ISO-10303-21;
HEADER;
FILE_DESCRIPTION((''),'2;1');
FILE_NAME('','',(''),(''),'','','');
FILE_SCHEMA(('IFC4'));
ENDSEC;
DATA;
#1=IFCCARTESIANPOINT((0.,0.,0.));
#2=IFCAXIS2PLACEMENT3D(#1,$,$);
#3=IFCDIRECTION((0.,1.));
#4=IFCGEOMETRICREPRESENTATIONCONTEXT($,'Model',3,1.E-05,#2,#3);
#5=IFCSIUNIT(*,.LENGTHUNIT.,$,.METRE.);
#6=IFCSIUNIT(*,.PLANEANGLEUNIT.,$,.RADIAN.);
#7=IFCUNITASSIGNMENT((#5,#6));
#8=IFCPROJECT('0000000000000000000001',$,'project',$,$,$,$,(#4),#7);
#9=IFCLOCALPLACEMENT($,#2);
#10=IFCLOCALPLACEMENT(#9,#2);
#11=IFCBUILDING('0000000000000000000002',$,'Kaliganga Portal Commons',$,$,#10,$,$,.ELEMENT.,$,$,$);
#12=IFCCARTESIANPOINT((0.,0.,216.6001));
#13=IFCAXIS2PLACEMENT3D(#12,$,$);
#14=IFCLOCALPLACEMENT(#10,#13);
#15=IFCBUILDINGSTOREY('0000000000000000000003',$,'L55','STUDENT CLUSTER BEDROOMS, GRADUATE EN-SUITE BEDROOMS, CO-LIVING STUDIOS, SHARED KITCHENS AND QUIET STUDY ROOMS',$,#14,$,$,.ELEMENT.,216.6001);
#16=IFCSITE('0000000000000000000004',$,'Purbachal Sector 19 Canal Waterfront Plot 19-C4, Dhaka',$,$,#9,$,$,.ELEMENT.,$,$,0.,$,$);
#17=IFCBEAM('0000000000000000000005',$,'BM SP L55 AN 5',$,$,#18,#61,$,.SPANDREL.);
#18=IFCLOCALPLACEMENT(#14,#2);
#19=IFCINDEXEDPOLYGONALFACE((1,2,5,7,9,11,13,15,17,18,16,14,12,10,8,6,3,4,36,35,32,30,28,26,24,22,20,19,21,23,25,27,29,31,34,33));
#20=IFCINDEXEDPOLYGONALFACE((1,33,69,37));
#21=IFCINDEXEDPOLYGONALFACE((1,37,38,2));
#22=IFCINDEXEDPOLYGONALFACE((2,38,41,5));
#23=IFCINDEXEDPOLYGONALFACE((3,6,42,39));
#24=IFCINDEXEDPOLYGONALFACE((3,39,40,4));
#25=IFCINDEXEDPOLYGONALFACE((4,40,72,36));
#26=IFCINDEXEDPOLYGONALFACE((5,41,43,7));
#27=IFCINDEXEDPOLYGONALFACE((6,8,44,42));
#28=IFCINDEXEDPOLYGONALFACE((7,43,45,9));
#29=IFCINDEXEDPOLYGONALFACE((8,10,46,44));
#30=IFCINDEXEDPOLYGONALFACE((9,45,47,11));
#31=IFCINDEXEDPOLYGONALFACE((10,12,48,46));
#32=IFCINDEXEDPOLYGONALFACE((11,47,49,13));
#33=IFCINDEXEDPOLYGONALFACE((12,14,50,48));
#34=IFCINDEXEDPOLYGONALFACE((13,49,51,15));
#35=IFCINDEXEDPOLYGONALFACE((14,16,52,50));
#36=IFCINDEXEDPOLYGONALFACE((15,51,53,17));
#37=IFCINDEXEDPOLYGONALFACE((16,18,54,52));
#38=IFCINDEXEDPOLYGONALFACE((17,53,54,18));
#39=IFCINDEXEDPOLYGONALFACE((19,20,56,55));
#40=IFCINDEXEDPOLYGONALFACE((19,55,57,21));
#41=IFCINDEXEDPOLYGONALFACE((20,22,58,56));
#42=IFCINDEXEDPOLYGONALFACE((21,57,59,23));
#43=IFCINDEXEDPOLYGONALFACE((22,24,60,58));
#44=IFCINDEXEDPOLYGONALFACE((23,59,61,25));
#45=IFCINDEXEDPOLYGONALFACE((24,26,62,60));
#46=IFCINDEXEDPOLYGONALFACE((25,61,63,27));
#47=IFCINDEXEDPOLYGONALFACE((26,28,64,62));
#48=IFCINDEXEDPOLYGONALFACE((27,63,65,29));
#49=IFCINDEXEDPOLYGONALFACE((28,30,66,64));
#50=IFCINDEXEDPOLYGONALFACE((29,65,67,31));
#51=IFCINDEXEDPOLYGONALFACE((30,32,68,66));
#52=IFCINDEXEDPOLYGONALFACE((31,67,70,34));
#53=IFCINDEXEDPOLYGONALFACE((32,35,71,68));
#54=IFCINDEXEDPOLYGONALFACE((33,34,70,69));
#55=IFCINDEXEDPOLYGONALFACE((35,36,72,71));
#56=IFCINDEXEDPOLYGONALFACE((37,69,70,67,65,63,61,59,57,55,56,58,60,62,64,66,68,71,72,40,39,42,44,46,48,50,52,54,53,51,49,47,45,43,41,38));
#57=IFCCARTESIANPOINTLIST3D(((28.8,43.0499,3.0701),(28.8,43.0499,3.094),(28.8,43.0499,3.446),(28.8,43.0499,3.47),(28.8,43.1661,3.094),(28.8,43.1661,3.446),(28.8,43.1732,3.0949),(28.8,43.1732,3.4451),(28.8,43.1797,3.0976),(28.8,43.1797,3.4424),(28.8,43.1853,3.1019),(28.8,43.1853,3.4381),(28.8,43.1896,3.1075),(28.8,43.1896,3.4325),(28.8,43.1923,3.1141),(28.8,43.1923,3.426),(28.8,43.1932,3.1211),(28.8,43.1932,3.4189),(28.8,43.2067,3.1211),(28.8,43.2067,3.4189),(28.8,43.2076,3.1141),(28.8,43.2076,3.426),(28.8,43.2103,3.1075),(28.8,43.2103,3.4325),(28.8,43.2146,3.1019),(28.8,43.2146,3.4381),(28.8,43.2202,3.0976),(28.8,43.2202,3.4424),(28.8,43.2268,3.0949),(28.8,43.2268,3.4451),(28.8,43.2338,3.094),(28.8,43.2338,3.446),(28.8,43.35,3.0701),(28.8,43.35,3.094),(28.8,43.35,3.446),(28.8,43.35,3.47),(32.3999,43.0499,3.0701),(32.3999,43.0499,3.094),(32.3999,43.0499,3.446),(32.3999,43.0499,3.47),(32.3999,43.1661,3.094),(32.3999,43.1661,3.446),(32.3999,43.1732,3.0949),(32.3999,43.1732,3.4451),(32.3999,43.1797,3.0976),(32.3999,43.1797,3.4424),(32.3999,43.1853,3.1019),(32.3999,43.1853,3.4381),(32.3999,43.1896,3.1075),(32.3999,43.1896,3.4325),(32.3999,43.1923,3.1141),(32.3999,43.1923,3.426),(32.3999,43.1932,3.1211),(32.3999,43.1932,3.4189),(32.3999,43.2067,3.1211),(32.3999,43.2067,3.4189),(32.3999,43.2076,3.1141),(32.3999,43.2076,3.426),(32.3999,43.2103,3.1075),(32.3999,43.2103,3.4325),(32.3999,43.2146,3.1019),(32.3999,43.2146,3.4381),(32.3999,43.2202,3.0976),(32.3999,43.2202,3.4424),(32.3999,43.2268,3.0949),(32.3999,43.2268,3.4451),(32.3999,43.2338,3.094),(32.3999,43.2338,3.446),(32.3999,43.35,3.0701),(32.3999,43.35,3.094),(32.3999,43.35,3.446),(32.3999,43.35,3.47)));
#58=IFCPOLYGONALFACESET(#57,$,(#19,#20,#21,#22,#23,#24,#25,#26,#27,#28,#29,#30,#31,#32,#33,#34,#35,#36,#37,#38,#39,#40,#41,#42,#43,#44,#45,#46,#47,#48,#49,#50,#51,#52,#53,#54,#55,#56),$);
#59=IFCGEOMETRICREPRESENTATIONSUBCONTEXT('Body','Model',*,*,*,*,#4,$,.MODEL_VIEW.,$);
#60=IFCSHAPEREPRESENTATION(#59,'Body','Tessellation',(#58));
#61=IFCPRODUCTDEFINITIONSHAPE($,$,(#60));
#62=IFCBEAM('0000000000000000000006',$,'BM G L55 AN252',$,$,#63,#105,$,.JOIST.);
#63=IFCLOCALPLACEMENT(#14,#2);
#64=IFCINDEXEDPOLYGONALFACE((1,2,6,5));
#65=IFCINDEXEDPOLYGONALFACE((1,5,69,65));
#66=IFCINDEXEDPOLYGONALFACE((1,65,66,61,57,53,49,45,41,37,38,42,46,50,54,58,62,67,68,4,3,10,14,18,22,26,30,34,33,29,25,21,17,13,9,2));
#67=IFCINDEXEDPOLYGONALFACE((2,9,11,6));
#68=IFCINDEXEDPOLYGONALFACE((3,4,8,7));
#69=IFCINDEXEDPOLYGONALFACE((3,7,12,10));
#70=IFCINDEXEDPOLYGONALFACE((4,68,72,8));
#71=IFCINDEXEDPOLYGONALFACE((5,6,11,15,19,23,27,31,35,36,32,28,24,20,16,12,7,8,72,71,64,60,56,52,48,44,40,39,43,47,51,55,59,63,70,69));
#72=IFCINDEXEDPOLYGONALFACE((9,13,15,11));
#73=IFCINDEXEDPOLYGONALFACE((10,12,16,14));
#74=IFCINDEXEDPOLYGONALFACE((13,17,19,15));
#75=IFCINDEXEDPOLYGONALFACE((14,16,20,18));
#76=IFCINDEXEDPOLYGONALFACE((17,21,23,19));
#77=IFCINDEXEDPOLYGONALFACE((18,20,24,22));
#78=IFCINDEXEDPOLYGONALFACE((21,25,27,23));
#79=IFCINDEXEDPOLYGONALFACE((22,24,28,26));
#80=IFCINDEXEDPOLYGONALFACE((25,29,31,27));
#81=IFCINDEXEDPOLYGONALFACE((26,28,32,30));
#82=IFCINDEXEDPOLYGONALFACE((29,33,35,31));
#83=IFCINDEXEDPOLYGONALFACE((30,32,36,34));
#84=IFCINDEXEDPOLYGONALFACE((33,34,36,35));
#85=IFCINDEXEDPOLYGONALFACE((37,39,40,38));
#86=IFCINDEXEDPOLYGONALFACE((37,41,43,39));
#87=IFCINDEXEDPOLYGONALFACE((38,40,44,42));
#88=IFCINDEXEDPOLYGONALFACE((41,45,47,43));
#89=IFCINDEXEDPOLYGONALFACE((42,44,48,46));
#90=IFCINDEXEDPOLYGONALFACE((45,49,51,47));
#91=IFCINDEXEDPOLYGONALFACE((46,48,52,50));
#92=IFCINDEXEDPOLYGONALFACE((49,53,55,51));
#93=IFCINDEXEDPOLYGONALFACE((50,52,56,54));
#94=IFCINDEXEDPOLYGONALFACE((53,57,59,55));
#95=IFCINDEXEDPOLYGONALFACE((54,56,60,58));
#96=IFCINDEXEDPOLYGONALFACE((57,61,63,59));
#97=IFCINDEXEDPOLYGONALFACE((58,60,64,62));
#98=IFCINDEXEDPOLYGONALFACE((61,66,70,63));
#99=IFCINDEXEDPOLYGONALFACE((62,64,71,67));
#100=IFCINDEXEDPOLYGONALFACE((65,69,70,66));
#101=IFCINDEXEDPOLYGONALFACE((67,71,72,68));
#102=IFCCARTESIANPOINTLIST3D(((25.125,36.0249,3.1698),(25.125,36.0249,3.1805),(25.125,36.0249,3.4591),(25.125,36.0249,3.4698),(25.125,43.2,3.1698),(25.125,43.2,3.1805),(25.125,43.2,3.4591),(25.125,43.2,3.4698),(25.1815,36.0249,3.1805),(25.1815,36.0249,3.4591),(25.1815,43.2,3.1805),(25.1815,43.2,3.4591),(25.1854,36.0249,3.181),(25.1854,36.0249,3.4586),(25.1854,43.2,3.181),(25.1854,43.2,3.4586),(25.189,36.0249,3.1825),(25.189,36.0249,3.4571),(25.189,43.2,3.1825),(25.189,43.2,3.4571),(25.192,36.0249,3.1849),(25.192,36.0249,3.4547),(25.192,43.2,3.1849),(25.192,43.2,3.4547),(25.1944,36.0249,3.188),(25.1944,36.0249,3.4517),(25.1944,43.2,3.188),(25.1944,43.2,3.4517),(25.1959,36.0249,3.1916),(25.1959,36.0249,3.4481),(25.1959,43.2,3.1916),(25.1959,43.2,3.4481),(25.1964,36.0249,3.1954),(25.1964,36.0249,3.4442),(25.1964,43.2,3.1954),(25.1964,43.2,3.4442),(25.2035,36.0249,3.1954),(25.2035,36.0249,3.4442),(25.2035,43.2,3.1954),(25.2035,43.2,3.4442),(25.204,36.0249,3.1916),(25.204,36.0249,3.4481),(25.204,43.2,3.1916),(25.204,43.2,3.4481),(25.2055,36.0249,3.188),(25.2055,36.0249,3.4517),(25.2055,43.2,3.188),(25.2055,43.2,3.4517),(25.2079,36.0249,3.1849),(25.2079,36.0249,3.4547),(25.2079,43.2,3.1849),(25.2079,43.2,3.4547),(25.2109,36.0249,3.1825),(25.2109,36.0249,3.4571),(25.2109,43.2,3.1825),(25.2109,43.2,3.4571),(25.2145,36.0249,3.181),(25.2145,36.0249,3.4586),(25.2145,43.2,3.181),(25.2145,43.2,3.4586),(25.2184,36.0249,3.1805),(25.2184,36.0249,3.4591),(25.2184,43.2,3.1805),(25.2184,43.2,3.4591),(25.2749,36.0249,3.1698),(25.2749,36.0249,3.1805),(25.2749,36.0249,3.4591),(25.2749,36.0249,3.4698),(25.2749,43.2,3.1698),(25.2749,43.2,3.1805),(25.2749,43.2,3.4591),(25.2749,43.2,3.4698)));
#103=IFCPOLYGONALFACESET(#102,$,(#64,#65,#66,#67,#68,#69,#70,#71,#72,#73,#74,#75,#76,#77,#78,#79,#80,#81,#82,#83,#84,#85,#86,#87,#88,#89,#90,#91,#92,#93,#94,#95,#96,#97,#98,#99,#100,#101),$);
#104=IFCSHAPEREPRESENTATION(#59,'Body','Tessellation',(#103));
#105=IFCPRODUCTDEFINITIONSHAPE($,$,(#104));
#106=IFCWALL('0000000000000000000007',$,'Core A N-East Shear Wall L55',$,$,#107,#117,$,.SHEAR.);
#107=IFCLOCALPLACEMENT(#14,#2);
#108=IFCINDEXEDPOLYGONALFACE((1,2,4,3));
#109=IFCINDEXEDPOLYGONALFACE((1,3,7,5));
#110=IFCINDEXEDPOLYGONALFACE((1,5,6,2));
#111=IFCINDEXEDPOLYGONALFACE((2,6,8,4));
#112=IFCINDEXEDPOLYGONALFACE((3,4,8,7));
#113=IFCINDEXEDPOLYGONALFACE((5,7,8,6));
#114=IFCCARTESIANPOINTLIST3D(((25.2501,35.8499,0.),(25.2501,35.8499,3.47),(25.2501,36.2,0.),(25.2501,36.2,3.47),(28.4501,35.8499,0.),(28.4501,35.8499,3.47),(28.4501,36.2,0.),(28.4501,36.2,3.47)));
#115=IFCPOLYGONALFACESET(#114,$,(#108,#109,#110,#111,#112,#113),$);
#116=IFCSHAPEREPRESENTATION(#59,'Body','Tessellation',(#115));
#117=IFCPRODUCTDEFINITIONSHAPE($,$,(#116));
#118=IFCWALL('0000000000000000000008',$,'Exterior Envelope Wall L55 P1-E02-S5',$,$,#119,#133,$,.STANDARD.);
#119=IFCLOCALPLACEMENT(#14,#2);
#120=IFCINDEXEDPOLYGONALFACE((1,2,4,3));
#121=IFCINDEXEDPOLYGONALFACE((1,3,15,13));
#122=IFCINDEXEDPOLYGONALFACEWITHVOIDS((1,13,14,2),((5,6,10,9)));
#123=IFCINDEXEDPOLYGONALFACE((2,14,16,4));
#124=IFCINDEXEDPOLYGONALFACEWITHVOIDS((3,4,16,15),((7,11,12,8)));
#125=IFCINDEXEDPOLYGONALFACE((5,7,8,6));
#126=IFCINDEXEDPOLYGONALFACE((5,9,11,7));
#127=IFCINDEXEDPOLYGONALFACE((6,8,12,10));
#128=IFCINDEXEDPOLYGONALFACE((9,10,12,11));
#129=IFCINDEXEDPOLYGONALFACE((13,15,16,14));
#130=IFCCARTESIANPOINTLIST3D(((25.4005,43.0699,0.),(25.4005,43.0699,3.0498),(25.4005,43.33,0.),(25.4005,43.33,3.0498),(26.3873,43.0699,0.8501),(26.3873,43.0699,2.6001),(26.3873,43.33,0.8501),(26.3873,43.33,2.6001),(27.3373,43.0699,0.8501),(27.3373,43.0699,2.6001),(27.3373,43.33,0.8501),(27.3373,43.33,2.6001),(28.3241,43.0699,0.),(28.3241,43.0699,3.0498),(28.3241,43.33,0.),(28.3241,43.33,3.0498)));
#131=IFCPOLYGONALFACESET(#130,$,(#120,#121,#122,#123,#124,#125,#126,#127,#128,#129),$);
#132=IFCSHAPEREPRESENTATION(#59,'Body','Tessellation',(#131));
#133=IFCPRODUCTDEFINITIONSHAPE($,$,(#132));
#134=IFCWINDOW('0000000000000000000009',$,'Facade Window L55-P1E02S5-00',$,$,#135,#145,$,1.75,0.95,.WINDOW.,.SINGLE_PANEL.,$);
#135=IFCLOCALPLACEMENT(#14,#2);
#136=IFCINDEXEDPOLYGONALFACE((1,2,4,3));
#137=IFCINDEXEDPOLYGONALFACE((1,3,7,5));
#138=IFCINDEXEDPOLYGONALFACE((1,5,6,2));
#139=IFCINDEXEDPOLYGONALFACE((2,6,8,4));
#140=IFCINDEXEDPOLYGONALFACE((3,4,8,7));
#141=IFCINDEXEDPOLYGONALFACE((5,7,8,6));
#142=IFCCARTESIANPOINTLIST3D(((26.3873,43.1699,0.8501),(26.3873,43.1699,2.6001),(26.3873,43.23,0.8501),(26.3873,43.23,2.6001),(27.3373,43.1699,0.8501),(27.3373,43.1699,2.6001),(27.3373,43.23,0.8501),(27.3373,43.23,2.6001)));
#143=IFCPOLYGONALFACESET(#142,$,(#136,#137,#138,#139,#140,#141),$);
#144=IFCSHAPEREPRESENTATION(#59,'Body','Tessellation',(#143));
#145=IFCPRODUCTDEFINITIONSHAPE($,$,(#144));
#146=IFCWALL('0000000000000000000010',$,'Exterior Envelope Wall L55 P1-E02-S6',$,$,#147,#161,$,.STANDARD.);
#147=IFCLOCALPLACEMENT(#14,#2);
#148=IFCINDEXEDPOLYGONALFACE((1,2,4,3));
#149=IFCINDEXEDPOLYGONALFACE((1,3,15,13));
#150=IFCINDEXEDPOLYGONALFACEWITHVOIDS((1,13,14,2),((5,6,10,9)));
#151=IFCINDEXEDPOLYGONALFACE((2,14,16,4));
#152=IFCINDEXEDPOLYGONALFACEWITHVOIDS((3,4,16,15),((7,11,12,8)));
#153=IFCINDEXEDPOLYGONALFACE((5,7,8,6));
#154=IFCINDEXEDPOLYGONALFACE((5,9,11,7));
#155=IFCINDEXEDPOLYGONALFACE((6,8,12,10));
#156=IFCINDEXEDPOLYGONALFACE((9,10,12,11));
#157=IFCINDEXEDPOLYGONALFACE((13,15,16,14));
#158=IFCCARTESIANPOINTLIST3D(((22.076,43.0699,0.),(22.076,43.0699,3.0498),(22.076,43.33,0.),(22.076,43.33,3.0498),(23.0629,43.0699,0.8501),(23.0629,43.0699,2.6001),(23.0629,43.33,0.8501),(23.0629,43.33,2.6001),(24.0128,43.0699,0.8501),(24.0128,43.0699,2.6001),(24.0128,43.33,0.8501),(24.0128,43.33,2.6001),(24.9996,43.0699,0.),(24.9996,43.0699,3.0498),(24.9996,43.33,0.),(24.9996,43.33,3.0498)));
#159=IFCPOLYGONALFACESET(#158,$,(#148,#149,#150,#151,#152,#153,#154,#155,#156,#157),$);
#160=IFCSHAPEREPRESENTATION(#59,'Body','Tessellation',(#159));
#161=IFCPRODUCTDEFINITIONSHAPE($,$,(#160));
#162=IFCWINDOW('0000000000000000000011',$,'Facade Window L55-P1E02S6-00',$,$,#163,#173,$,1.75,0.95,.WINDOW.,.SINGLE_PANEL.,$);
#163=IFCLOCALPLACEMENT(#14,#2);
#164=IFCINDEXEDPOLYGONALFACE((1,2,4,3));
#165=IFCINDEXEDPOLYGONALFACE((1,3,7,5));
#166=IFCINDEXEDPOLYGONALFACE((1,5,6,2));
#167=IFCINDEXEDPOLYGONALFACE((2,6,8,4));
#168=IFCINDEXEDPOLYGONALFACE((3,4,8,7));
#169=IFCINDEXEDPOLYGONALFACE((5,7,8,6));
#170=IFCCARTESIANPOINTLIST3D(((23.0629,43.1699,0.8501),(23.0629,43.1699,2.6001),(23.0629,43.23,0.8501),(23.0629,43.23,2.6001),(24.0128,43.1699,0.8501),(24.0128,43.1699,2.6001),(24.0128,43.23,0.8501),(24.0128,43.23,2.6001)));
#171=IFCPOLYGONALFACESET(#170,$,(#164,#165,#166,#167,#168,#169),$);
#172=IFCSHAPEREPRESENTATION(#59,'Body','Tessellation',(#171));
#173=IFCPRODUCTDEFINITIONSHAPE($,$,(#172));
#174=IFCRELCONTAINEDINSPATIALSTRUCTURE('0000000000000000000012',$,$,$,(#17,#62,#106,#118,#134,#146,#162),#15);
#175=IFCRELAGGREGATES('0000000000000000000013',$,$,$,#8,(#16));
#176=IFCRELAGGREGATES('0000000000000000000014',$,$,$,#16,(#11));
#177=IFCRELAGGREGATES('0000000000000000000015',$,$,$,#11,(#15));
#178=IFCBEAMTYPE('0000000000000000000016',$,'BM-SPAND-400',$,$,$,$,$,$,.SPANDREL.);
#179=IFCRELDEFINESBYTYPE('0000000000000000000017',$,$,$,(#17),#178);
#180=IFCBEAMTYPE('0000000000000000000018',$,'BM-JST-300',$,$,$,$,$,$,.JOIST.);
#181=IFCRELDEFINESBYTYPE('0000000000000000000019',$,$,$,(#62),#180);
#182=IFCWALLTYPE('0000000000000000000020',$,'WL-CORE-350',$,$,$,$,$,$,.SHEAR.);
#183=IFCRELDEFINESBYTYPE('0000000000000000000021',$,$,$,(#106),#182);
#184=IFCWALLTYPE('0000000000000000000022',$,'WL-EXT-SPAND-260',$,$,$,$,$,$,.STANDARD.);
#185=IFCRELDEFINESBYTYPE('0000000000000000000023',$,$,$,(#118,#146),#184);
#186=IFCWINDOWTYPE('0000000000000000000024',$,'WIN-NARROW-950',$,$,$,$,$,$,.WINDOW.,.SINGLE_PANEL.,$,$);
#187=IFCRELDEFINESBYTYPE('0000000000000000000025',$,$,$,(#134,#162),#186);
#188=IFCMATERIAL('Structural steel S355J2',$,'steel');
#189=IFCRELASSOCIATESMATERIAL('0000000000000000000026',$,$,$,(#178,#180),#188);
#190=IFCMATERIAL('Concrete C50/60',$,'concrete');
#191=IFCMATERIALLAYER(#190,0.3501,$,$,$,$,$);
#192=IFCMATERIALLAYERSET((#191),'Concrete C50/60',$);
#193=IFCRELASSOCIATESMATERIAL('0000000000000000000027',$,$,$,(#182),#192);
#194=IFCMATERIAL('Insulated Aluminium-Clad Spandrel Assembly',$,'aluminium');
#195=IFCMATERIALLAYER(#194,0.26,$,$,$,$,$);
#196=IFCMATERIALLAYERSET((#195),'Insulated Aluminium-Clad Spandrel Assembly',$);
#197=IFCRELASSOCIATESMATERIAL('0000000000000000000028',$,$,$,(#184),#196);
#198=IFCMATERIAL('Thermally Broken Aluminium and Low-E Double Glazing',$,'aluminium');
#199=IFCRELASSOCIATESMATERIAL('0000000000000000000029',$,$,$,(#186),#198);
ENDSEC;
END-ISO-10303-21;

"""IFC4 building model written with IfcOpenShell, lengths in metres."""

from ifc_helpers import new_model, si_unit, direction, frame, frame_2d, origin, origin_2d, place, context, subcontext, project, spatial, rectangle, i_section, extrude, source, transform, mapped, material, layer, layer_set, material_profile, profile_set, type_object, element, fill, save


model = new_model("IFC4")

# Units and contexts
model_context = context("Model", 3, precision=1e-05, world=origin(), true_north=direction((0.0, 1.0)))
body_context = subcontext(model_context, "Body", "Model", "MODEL_VIEW")
ifc_project = project(units=[si_unit("LENGTHUNIT", "METRE"), si_unit("PLANEANGLEUNIT", "RADIAN")], contexts=[model_context])

# Site, building, storey
site_placement = place(None, origin())
site = spatial("IfcSite", under=ifc_project, at=site_placement, Name="Purbachal Sector 19 Canal Waterfront Plot 19-C4, Dhaka", CompositionType="ELEMENT", RefElevation=0.0)
building_placement = place(site_placement, origin())
building = spatial("IfcBuilding", under=site, at=building_placement, Name="Kaliganga Portal Commons", CompositionType="ELEMENT")
storey_placement = place(building_placement, frame((0.0, 0.0, 216.6001)))
storey = spatial("IfcBuildingStorey", under=building, at=storey_placement, Name="L55", Description="STUDENT CLUSTER BEDROOMS, GRADUATE EN-SUITE BEDROOMS, CO-LIVING STUDIOS, SHARED KITCHENS AND QUIET STUDY ROOMS", CompositionType="ELEMENT", Elevation=216.6001)

# Shared definitions
ifc_material_1 = material(Name="Concrete C50/60", Category="concrete")
ifc_material_2 = material(Name="Structural steel S355J2", Category="steel")

# Beams
ifc_material_profile_1 = material_profile(ifc_material_2, i_section(OverallWidth=0.3, OverallDepth=0.3999, WebThickness=0.0134, FlangeThickness=0.0239, FilletRadius=0.0271, at=origin_2d()), Name="HE 400 B")
ifc_profile_set_1 = profile_set([ifc_material_profile_1], Name="Structural steel S355J2 wide-flange")
beam_type_1 = type_object("IfcBeamType", Name="BM-SPAND-400", PredefinedType="SPANDREL", material=ifc_profile_set_1)
shared_shape_1 = source(origin(), body_context, "Body", "SweptSolid", [
    extrude(i_section(OverallWidth=0.3, OverallDepth=0.3999, WebThickness=0.0134, FlangeThickness=0.0239, FilletRadius=0.0271, at=origin_2d()), origin(), (0.0, 0.0, 1.0), 3.5999),
])
for number, where, z_axis, x_axis, name in (
    (1, (28.8, 43.2, 3.27), (1.0, 0.0, 0.0), (0.0, 1.0, 0.0), "BM SP L55 AN 5"),
):
    element("IfcBeam", number, at=place(storey_placement, frame(where, z_axis=z_axis, x_axis=x_axis)), inside=storey, type_object=beam_type_1, Name=name, PredefinedType="SPANDREL", context=body_context, shape_type="MappedRepresentation", body=[
        mapped(shared_shape_1, transform((0.0, 0.0, 0.0), x_axis=(1.0, 0.0, 0.0), y_axis=(0.0, 1.0, 0.0), z_axis=(0.0, 0.0, 1.0), scale=1.0)),
    ])
ifc_material_profile_2 = material_profile(ifc_material_2, i_section(OverallWidth=0.1499, OverallDepth=0.3, WebThickness=0.0071, FlangeThickness=0.0107, FilletRadius=0.0149, at=origin_2d()), Name="IPE 300")
ifc_profile_set_2 = profile_set([ifc_material_profile_2], Name="Structural steel S355J2 wide-flange")
beam_type_2 = type_object("IfcBeamType", Name="BM-JST-300", PredefinedType="JOIST", material=ifc_profile_set_2)
shared_shape_2 = source(origin(), body_context, "Body", "SweptSolid", [
    extrude(i_section(OverallWidth=0.1499, OverallDepth=0.3, WebThickness=0.0071, FlangeThickness=0.0107, FilletRadius=0.0149, at=origin_2d()), origin(), (0.0, 0.0, 1.0), 7.175),
])
beam_1_placement = place(storey_placement, frame((25.2, 36.0249, 3.3198), z_axis=(0.0, 1.0, 0.0), x_axis=(-1.0, 0.0, 0.0)))
element("IfcBeam", 2, at=beam_1_placement, inside=storey, type_object=beam_type_2, Name="BM G L55 AN252", PredefinedType="JOIST", context=body_context, shape_type="MappedRepresentation", body=[
    mapped(shared_shape_2, transform((0.0, 0.0, 0.0), x_axis=(1.0, 0.0, 0.0), y_axis=(0.0, 1.0, 0.0), z_axis=(0.0, 0.0, 1.0), scale=1.0)),
])

# Wall
ifc_layer_1 = layer(ifc_material_1, 0.3501)
ifc_layer_set_1 = layer_set([ifc_layer_1], Name="Concrete C50/60")
wall_type_1 = type_object("IfcWallType", Name="WL-CORE-350", PredefinedType="SHEAR", material=ifc_layer_set_1)
wall_1_placement = place(storey_placement, frame((25.25, 36.0249, 0.0), z_axis=(0.0, 0.0, 1.0), x_axis=(1.0, 0.0, 0.0)))
element("IfcWall", 3, at=wall_1_placement, inside=storey, type_object=wall_type_1, Name="Core A N-East Shear Wall L55", PredefinedType="SHEAR", context=body_context, shape_type="SweptSolid", body=[
    extrude(rectangle(XDim=3.2, YDim=0.3501, at=frame_2d((1.6001, 0.0))), origin(), (0.0, 0.0, 1.0), 3.47),
])

# Walls, openings, windows
ifc_material_3 = material(Name="Insulated Aluminium-Clad Spandrel Assembly", Category="aluminium")
ifc_layer_2 = layer(ifc_material_3, 0.26)
ifc_layer_set_2 = layer_set([ifc_layer_2], Name="Insulated Aluminium-Clad Spandrel Assembly")
wall_type_2 = type_object("IfcWallType", Name="WL-EXT-SPAND-260", PredefinedType="STANDARD", material=ifc_layer_set_2)
wall_2_placement = place(storey_placement, frame((25.4004, 43.2, 0.0), z_axis=(0.0, 0.0, 1.0), x_axis=(1.0, 0.0, 0.0)))
wall_2 = element("IfcWall", 4, at=wall_2_placement, inside=storey, type_object=wall_type_2, Name="Exterior Envelope Wall L55 P1-E02-S5", PredefinedType="STANDARD", context=body_context, shape_type="SweptSolid", body=[
    extrude(rectangle(XDim=2.9236, YDim=0.26, at=frame_2d((1.4619, 0.0))), origin(), (0.0, 0.0, 1.0), 3.0498),
])
opening_1_placement = place(wall_2_placement, frame((0.9868, 0.0, 0.8501)))
opening_1 = element("IfcOpeningElement", 5, at=opening_1_placement, cuts=wall_2, PredefinedType="OPENING", context=body_context, shape_type="SweptSolid", body=[
    extrude(rectangle(XDim=0.95, YDim=1.75, at=frame_2d((0.4751, 0.875))), frame((0.0, 0.1401, 0.0), z_axis=(0.0, -1.0, 0.0), x_axis=(1.0, 0.0, 0.0)), (0.0, 0.0, 1.0), 0.28),
])
ifc_material_4 = material(Name="Thermally Broken Aluminium and Low-E Double Glazing", Category="aluminium")
window_type = type_object("IfcWindowType", Name="WIN-NARROW-950", PartitioningType="SINGLE_PANEL", PredefinedType="WINDOW", material=ifc_material_4)
window_1_placement = place(opening_1_placement, origin())
window_1 = element("IfcWindow", 6, at=window_1_placement, inside=storey, type_object=window_type, Name="Facade Window L55-P1E02S5-00", OverallHeight=1.75, OverallWidth=0.95, PartitioningType="SINGLE_PANEL", PredefinedType="WINDOW", context=body_context, shape_type="SweptSolid", body=[
    extrude(rectangle(XDim=0.95, YDim=1.75, at=frame_2d((0.4751, 0.875))), frame((0.0, 0.03, 0.0), z_axis=(0.0, -1.0, 0.0), x_axis=(1.0, 0.0, 0.0)), (0.0, 0.0, 1.0), 0.0601),
])
fill(opening_1, window_1)
wall_3_placement = place(storey_placement, frame((22.0759, 43.2, 0.0), z_axis=(0.0, 0.0, 1.0), x_axis=(1.0, 0.0, 0.0)))
wall_3 = element("IfcWall", 7, at=wall_3_placement, inside=storey, type_object=wall_type_2, Name="Exterior Envelope Wall L55 P1-E02-S6", PredefinedType="STANDARD", context=body_context, shape_type="SweptSolid", body=[
    extrude(rectangle(XDim=2.9236, YDim=0.26, at=frame_2d((1.4619, 0.0))), origin(), (0.0, 0.0, 1.0), 3.0498),
])
opening_2_placement = place(wall_3_placement, frame((0.9868, 0.0, 0.8501)))
opening_2 = element("IfcOpeningElement", 8, at=opening_2_placement, cuts=wall_3, PredefinedType="OPENING", context=body_context, shape_type="SweptSolid", body=[
    extrude(rectangle(XDim=0.95, YDim=1.75, at=frame_2d((0.4751, 0.875))), frame((0.0, 0.1401, 0.0), z_axis=(0.0, -1.0, 0.0), x_axis=(1.0, 0.0, 0.0)), (0.0, 0.0, 1.0), 0.28),
])
window_2_placement = place(opening_2_placement, origin())
window_2 = element("IfcWindow", 9, at=window_2_placement, inside=storey, type_object=window_type, Name="Facade Window L55-P1E02S6-00", OverallHeight=1.75, OverallWidth=0.95, PartitioningType="SINGLE_PANEL", PredefinedType="WINDOW", context=body_context, shape_type="SweptSolid", body=[
    extrude(rectangle(XDim=0.95, YDim=1.75, at=frame_2d((0.4751, 0.875))), frame((0.0, 0.03, 0.0), z_axis=(0.0, -1.0, 0.0), x_axis=(1.0, 0.0, 0.0)), (0.0, 0.0, 1.0), 0.0601),
])
fill(opening_2, window_2)

save(model, "model.ifc")
